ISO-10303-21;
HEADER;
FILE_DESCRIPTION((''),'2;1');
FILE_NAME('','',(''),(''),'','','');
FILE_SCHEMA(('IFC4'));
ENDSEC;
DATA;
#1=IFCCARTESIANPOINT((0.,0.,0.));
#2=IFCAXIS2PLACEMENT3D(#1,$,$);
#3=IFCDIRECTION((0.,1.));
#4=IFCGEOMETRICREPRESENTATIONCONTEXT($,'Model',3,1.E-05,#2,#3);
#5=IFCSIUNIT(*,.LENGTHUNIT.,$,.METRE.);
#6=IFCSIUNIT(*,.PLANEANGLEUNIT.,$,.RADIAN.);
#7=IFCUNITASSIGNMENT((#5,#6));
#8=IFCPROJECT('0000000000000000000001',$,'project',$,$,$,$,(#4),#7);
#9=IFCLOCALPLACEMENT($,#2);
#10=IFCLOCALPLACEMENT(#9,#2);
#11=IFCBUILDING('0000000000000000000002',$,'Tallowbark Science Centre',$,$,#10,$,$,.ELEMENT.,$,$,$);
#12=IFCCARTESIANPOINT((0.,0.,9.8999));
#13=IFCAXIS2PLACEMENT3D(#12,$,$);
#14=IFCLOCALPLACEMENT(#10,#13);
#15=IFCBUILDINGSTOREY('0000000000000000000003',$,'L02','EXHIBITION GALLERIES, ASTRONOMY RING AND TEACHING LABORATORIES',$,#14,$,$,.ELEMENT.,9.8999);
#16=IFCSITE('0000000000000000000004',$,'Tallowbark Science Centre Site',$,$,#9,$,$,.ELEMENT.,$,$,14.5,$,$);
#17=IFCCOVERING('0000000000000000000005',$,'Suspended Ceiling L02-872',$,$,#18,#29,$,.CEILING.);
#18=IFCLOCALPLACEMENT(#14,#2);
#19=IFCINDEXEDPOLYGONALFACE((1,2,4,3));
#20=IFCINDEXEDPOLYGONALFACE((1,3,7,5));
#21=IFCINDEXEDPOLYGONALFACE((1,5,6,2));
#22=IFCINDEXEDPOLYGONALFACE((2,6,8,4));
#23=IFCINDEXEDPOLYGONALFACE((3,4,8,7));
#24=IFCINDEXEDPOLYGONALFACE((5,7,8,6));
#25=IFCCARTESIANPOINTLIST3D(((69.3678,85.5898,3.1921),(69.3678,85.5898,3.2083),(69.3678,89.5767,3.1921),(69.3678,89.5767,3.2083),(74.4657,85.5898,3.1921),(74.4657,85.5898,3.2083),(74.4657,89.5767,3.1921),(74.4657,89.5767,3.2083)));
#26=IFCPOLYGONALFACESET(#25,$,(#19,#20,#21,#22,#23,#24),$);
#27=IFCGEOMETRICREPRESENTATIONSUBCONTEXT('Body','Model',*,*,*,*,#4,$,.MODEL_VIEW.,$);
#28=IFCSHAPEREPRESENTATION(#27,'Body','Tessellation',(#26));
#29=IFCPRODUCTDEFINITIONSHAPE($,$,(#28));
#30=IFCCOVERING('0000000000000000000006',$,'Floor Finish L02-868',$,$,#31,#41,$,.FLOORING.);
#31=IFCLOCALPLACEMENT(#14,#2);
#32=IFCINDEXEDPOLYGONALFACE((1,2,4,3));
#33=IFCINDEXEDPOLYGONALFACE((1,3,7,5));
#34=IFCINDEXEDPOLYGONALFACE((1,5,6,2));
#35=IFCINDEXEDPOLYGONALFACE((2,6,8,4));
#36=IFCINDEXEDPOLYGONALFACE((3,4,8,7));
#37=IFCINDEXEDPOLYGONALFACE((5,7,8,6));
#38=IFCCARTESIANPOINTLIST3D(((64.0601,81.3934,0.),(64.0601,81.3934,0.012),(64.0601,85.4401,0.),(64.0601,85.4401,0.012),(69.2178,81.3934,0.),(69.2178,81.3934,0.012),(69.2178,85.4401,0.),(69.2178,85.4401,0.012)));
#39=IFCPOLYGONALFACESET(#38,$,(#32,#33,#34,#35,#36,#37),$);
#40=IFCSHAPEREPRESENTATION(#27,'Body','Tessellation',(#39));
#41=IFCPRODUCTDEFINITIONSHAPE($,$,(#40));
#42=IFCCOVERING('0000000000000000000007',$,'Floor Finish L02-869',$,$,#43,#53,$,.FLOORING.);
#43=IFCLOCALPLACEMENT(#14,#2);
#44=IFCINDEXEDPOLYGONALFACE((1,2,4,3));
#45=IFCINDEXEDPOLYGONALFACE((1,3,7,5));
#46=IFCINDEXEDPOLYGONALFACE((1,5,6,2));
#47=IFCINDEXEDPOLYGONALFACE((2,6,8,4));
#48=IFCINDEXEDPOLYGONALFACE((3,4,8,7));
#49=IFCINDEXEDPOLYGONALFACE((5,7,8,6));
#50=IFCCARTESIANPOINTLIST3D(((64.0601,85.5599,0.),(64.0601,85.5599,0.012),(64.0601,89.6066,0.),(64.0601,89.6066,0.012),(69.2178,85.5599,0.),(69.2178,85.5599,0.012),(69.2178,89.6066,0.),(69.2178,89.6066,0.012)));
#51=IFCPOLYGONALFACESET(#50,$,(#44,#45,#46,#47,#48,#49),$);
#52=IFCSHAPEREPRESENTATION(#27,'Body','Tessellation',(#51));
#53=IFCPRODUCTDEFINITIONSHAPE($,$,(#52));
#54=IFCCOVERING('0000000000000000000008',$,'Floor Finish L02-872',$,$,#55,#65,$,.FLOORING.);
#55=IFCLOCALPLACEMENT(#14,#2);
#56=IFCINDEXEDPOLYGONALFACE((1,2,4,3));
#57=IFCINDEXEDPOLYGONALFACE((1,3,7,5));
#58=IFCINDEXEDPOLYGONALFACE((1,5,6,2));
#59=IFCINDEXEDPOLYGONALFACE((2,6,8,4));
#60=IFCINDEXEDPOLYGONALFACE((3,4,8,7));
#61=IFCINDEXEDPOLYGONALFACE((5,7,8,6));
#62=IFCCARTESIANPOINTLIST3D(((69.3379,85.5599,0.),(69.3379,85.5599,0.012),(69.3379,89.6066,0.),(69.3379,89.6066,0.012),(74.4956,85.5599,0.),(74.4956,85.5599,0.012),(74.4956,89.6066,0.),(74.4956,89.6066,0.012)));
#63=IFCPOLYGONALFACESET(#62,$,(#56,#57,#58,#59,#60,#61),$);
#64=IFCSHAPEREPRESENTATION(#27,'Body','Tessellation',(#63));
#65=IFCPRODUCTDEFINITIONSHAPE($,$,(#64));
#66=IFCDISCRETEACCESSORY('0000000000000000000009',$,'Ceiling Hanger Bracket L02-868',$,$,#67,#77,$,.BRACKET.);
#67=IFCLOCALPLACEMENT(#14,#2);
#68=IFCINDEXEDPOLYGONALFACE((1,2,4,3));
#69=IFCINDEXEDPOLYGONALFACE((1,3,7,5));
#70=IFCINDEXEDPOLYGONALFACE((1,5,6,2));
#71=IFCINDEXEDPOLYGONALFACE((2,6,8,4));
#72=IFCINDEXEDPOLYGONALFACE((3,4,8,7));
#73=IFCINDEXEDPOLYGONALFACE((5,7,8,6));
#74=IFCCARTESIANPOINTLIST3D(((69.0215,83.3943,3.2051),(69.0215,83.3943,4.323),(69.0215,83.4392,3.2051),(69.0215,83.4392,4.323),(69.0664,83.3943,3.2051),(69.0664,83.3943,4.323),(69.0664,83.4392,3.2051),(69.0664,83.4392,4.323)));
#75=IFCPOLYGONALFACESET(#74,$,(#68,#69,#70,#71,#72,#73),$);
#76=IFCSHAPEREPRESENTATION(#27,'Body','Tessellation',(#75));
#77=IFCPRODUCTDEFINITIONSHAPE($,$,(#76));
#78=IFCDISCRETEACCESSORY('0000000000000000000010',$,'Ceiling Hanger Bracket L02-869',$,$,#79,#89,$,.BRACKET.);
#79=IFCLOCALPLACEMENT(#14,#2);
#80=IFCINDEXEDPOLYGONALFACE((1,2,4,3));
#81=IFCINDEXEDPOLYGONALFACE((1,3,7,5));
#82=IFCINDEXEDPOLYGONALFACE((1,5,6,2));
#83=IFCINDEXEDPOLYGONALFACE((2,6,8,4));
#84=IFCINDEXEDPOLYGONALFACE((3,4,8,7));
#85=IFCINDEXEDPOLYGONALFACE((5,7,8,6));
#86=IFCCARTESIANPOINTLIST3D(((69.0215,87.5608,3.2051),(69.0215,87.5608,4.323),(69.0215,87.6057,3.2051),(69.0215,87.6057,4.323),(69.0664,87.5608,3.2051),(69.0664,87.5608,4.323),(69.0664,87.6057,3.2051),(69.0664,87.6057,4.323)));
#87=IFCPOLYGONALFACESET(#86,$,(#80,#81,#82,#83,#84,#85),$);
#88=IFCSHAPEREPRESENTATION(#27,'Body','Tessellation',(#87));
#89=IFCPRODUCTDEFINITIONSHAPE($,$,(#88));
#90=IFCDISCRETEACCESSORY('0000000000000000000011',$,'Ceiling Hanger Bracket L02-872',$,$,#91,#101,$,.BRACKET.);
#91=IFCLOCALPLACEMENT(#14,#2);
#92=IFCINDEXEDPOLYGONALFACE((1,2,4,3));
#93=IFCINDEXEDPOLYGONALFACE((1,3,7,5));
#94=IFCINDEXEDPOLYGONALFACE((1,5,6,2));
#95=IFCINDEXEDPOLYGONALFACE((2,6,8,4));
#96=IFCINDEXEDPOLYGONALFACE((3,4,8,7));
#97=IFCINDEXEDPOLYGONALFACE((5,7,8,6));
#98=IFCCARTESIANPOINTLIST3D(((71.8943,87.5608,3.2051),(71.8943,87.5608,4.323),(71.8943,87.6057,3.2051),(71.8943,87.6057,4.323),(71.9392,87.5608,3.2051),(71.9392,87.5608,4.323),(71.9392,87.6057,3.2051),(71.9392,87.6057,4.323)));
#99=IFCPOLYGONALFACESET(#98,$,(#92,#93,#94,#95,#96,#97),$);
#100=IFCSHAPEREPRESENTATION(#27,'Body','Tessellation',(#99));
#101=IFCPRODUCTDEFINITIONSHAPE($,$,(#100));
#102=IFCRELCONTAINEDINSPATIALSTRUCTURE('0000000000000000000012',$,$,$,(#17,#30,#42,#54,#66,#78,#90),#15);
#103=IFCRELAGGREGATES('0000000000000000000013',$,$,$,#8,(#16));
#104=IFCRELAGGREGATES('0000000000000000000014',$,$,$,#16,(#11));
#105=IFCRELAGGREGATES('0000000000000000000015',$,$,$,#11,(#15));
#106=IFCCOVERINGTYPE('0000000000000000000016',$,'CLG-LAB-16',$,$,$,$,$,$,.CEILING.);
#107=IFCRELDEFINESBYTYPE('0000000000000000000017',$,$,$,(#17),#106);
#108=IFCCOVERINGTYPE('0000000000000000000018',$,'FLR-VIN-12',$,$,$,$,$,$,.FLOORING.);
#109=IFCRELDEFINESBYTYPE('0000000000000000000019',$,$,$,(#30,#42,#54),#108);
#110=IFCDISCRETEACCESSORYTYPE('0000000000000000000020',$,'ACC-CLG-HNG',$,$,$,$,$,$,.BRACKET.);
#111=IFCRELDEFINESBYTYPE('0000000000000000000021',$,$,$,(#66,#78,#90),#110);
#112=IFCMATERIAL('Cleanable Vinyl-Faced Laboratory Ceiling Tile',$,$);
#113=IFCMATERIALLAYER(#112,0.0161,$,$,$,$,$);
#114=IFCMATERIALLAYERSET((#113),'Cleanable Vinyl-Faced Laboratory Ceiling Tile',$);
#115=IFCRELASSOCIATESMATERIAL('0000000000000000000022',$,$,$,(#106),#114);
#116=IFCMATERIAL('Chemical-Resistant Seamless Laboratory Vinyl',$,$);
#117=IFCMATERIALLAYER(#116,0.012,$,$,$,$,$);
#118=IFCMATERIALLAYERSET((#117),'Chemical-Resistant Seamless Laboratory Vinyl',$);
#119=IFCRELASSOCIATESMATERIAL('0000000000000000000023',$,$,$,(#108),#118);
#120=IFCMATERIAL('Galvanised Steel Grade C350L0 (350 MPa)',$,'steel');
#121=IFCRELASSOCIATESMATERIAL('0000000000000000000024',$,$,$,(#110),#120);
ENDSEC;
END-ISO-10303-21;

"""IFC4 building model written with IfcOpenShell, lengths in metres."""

from ifc_helpers import new_model, si_unit, direction, frame, origin, origin_2d, place, context, subcontext, project, spatial, rectangle, extrude, material, layer, layer_set, type_object, element, save


model = new_model("IFC4")

# Units and contexts
model_context = context("Model", 3, precision=1e-05, world=origin(), true_north=direction((0.0, 1.0)))
body_context = subcontext(model_context, "Body", "Model", "MODEL_VIEW")
ifc_project = project(units=[si_unit("LENGTHUNIT", "METRE"), si_unit("PLANEANGLEUNIT", "RADIAN")], contexts=[model_context])

# Site, building, storey
site_placement = place(None, origin())
site = spatial("IfcSite", under=ifc_project, at=site_placement, Name="Tallowbark Science Centre Site", CompositionType="ELEMENT", RefElevation=14.5)
building_placement = place(site_placement, origin())
building = spatial("IfcBuilding", under=site, at=building_placement, Name="Tallowbark Science Centre", CompositionType="ELEMENT")
storey_placement = place(building_placement, frame((0.0, 0.0, 9.8999)))
storey = spatial("IfcBuildingStorey", under=building, at=storey_placement, Name="L02", Description="EXHIBITION GALLERIES, ASTRONOMY RING AND TEACHING LABORATORIES", CompositionType="ELEMENT", Elevation=9.8999)

# Coverings
ifc_material_1 = material(Name="Cleanable Vinyl-Faced Laboratory Ceiling Tile")
ifc_layer_1 = layer(ifc_material_1, 0.0161)
ifc_layer_set_1 = layer_set([ifc_layer_1], Name="Cleanable Vinyl-Faced Laboratory Ceiling Tile")
covering_type_1 = type_object("IfcCoveringType", Name="CLG-LAB-16", PredefinedType="CEILING", material=ifc_layer_set_1)
for number, where, z_axis, x_axis, name in (
    (1, (71.9167, 87.5833, 3.1921), (0.0, 0.0, 1.0), (1.0, 0.0, 0.0), "Suspended Ceiling L02-872"),
):
    element("IfcCovering", number, at=place(storey_placement, frame(where, z_axis=z_axis, x_axis=x_axis)), inside=storey, type_object=covering_type_1, Name=name, PredefinedType="CEILING", context=body_context, shape_type="SweptSolid", body=[
        extrude(rectangle(XDim=5.0979, YDim=3.9868, at=origin_2d()), origin(), (0.0, 0.0, 1.0), 0.0161),
    ])
ifc_material_2 = material(Name="Chemical-Resistant Seamless Laboratory Vinyl")
ifc_layer_2 = layer(ifc_material_2, 0.012)
ifc_layer_set_2 = layer_set([ifc_layer_2], Name="Chemical-Resistant Seamless Laboratory Vinyl")
covering_type_2 = type_object("IfcCoveringType", Name="FLR-VIN-12", PredefinedType="FLOORING", material=ifc_layer_set_2)
for number, where, z_axis, x_axis, name in (
    (2, (66.6389, 83.4167, 0.0), (0.0, 0.0, 1.0), (1.0, 0.0, 0.0), "Floor Finish L02-868"),
    (3, (66.6389, 87.5833, 0.0), (0.0, 0.0, 1.0), (1.0, 0.0, 0.0), "Floor Finish L02-869"),
    (4, (71.9167, 87.5833, 0.0), (0.0, 0.0, 1.0), (1.0, 0.0, 0.0), "Floor Finish L02-872"),
):
    element("IfcCovering", number, at=place(storey_placement, frame(where, z_axis=z_axis, x_axis=x_axis)), inside=storey, type_object=covering_type_2, Name=name, PredefinedType="FLOORING", context=body_context, shape_type="SweptSolid", body=[
        extrude(rectangle(XDim=5.1577, YDim=4.0466, at=origin_2d()), origin(), (0.0, 0.0, 1.0), 0.012),
    ])

# Discrete accessories
ifc_material_3 = material(Name="Galvanised Steel Grade C350L0 (350 MPa)", Category="steel")
discrete_accessory_type = type_object("IfcDiscreteAccessoryType", Name="ACC-CLG-HNG", PredefinedType="BRACKET", material=ifc_material_3)
for number, where, z_axis, x_axis, name in (
    (5, (69.0439, 83.4167, 3.2051), (0.0, 0.0, 1.0), (1.0, 0.0, 0.0), "Ceiling Hanger Bracket L02-868"),
    (6, (69.0439, 87.5833, 3.2051), (0.0, 0.0, 1.0), (1.0, 0.0, 0.0), "Ceiling Hanger Bracket L02-869"),
    (7, (71.9167, 87.5833, 3.2051), (0.0, 0.0, 1.0), (1.0, 0.0, 0.0), "Ceiling Hanger Bracket L02-872"),
):
    element("IfcDiscreteAccessory", number, at=place(storey_placement, frame(where, z_axis=z_axis, x_axis=x_axis)), inside=storey, type_object=discrete_accessory_type, Name=name, PredefinedType="BRACKET", context=body_context, shape_type="SweptSolid", body=[
        extrude(rectangle(XDim=0.0449, YDim=0.0449, at=origin_2d()), origin(), (0.0, 0.0, 1.0), 1.1179),
    ])

save(model, "model.ifc")
